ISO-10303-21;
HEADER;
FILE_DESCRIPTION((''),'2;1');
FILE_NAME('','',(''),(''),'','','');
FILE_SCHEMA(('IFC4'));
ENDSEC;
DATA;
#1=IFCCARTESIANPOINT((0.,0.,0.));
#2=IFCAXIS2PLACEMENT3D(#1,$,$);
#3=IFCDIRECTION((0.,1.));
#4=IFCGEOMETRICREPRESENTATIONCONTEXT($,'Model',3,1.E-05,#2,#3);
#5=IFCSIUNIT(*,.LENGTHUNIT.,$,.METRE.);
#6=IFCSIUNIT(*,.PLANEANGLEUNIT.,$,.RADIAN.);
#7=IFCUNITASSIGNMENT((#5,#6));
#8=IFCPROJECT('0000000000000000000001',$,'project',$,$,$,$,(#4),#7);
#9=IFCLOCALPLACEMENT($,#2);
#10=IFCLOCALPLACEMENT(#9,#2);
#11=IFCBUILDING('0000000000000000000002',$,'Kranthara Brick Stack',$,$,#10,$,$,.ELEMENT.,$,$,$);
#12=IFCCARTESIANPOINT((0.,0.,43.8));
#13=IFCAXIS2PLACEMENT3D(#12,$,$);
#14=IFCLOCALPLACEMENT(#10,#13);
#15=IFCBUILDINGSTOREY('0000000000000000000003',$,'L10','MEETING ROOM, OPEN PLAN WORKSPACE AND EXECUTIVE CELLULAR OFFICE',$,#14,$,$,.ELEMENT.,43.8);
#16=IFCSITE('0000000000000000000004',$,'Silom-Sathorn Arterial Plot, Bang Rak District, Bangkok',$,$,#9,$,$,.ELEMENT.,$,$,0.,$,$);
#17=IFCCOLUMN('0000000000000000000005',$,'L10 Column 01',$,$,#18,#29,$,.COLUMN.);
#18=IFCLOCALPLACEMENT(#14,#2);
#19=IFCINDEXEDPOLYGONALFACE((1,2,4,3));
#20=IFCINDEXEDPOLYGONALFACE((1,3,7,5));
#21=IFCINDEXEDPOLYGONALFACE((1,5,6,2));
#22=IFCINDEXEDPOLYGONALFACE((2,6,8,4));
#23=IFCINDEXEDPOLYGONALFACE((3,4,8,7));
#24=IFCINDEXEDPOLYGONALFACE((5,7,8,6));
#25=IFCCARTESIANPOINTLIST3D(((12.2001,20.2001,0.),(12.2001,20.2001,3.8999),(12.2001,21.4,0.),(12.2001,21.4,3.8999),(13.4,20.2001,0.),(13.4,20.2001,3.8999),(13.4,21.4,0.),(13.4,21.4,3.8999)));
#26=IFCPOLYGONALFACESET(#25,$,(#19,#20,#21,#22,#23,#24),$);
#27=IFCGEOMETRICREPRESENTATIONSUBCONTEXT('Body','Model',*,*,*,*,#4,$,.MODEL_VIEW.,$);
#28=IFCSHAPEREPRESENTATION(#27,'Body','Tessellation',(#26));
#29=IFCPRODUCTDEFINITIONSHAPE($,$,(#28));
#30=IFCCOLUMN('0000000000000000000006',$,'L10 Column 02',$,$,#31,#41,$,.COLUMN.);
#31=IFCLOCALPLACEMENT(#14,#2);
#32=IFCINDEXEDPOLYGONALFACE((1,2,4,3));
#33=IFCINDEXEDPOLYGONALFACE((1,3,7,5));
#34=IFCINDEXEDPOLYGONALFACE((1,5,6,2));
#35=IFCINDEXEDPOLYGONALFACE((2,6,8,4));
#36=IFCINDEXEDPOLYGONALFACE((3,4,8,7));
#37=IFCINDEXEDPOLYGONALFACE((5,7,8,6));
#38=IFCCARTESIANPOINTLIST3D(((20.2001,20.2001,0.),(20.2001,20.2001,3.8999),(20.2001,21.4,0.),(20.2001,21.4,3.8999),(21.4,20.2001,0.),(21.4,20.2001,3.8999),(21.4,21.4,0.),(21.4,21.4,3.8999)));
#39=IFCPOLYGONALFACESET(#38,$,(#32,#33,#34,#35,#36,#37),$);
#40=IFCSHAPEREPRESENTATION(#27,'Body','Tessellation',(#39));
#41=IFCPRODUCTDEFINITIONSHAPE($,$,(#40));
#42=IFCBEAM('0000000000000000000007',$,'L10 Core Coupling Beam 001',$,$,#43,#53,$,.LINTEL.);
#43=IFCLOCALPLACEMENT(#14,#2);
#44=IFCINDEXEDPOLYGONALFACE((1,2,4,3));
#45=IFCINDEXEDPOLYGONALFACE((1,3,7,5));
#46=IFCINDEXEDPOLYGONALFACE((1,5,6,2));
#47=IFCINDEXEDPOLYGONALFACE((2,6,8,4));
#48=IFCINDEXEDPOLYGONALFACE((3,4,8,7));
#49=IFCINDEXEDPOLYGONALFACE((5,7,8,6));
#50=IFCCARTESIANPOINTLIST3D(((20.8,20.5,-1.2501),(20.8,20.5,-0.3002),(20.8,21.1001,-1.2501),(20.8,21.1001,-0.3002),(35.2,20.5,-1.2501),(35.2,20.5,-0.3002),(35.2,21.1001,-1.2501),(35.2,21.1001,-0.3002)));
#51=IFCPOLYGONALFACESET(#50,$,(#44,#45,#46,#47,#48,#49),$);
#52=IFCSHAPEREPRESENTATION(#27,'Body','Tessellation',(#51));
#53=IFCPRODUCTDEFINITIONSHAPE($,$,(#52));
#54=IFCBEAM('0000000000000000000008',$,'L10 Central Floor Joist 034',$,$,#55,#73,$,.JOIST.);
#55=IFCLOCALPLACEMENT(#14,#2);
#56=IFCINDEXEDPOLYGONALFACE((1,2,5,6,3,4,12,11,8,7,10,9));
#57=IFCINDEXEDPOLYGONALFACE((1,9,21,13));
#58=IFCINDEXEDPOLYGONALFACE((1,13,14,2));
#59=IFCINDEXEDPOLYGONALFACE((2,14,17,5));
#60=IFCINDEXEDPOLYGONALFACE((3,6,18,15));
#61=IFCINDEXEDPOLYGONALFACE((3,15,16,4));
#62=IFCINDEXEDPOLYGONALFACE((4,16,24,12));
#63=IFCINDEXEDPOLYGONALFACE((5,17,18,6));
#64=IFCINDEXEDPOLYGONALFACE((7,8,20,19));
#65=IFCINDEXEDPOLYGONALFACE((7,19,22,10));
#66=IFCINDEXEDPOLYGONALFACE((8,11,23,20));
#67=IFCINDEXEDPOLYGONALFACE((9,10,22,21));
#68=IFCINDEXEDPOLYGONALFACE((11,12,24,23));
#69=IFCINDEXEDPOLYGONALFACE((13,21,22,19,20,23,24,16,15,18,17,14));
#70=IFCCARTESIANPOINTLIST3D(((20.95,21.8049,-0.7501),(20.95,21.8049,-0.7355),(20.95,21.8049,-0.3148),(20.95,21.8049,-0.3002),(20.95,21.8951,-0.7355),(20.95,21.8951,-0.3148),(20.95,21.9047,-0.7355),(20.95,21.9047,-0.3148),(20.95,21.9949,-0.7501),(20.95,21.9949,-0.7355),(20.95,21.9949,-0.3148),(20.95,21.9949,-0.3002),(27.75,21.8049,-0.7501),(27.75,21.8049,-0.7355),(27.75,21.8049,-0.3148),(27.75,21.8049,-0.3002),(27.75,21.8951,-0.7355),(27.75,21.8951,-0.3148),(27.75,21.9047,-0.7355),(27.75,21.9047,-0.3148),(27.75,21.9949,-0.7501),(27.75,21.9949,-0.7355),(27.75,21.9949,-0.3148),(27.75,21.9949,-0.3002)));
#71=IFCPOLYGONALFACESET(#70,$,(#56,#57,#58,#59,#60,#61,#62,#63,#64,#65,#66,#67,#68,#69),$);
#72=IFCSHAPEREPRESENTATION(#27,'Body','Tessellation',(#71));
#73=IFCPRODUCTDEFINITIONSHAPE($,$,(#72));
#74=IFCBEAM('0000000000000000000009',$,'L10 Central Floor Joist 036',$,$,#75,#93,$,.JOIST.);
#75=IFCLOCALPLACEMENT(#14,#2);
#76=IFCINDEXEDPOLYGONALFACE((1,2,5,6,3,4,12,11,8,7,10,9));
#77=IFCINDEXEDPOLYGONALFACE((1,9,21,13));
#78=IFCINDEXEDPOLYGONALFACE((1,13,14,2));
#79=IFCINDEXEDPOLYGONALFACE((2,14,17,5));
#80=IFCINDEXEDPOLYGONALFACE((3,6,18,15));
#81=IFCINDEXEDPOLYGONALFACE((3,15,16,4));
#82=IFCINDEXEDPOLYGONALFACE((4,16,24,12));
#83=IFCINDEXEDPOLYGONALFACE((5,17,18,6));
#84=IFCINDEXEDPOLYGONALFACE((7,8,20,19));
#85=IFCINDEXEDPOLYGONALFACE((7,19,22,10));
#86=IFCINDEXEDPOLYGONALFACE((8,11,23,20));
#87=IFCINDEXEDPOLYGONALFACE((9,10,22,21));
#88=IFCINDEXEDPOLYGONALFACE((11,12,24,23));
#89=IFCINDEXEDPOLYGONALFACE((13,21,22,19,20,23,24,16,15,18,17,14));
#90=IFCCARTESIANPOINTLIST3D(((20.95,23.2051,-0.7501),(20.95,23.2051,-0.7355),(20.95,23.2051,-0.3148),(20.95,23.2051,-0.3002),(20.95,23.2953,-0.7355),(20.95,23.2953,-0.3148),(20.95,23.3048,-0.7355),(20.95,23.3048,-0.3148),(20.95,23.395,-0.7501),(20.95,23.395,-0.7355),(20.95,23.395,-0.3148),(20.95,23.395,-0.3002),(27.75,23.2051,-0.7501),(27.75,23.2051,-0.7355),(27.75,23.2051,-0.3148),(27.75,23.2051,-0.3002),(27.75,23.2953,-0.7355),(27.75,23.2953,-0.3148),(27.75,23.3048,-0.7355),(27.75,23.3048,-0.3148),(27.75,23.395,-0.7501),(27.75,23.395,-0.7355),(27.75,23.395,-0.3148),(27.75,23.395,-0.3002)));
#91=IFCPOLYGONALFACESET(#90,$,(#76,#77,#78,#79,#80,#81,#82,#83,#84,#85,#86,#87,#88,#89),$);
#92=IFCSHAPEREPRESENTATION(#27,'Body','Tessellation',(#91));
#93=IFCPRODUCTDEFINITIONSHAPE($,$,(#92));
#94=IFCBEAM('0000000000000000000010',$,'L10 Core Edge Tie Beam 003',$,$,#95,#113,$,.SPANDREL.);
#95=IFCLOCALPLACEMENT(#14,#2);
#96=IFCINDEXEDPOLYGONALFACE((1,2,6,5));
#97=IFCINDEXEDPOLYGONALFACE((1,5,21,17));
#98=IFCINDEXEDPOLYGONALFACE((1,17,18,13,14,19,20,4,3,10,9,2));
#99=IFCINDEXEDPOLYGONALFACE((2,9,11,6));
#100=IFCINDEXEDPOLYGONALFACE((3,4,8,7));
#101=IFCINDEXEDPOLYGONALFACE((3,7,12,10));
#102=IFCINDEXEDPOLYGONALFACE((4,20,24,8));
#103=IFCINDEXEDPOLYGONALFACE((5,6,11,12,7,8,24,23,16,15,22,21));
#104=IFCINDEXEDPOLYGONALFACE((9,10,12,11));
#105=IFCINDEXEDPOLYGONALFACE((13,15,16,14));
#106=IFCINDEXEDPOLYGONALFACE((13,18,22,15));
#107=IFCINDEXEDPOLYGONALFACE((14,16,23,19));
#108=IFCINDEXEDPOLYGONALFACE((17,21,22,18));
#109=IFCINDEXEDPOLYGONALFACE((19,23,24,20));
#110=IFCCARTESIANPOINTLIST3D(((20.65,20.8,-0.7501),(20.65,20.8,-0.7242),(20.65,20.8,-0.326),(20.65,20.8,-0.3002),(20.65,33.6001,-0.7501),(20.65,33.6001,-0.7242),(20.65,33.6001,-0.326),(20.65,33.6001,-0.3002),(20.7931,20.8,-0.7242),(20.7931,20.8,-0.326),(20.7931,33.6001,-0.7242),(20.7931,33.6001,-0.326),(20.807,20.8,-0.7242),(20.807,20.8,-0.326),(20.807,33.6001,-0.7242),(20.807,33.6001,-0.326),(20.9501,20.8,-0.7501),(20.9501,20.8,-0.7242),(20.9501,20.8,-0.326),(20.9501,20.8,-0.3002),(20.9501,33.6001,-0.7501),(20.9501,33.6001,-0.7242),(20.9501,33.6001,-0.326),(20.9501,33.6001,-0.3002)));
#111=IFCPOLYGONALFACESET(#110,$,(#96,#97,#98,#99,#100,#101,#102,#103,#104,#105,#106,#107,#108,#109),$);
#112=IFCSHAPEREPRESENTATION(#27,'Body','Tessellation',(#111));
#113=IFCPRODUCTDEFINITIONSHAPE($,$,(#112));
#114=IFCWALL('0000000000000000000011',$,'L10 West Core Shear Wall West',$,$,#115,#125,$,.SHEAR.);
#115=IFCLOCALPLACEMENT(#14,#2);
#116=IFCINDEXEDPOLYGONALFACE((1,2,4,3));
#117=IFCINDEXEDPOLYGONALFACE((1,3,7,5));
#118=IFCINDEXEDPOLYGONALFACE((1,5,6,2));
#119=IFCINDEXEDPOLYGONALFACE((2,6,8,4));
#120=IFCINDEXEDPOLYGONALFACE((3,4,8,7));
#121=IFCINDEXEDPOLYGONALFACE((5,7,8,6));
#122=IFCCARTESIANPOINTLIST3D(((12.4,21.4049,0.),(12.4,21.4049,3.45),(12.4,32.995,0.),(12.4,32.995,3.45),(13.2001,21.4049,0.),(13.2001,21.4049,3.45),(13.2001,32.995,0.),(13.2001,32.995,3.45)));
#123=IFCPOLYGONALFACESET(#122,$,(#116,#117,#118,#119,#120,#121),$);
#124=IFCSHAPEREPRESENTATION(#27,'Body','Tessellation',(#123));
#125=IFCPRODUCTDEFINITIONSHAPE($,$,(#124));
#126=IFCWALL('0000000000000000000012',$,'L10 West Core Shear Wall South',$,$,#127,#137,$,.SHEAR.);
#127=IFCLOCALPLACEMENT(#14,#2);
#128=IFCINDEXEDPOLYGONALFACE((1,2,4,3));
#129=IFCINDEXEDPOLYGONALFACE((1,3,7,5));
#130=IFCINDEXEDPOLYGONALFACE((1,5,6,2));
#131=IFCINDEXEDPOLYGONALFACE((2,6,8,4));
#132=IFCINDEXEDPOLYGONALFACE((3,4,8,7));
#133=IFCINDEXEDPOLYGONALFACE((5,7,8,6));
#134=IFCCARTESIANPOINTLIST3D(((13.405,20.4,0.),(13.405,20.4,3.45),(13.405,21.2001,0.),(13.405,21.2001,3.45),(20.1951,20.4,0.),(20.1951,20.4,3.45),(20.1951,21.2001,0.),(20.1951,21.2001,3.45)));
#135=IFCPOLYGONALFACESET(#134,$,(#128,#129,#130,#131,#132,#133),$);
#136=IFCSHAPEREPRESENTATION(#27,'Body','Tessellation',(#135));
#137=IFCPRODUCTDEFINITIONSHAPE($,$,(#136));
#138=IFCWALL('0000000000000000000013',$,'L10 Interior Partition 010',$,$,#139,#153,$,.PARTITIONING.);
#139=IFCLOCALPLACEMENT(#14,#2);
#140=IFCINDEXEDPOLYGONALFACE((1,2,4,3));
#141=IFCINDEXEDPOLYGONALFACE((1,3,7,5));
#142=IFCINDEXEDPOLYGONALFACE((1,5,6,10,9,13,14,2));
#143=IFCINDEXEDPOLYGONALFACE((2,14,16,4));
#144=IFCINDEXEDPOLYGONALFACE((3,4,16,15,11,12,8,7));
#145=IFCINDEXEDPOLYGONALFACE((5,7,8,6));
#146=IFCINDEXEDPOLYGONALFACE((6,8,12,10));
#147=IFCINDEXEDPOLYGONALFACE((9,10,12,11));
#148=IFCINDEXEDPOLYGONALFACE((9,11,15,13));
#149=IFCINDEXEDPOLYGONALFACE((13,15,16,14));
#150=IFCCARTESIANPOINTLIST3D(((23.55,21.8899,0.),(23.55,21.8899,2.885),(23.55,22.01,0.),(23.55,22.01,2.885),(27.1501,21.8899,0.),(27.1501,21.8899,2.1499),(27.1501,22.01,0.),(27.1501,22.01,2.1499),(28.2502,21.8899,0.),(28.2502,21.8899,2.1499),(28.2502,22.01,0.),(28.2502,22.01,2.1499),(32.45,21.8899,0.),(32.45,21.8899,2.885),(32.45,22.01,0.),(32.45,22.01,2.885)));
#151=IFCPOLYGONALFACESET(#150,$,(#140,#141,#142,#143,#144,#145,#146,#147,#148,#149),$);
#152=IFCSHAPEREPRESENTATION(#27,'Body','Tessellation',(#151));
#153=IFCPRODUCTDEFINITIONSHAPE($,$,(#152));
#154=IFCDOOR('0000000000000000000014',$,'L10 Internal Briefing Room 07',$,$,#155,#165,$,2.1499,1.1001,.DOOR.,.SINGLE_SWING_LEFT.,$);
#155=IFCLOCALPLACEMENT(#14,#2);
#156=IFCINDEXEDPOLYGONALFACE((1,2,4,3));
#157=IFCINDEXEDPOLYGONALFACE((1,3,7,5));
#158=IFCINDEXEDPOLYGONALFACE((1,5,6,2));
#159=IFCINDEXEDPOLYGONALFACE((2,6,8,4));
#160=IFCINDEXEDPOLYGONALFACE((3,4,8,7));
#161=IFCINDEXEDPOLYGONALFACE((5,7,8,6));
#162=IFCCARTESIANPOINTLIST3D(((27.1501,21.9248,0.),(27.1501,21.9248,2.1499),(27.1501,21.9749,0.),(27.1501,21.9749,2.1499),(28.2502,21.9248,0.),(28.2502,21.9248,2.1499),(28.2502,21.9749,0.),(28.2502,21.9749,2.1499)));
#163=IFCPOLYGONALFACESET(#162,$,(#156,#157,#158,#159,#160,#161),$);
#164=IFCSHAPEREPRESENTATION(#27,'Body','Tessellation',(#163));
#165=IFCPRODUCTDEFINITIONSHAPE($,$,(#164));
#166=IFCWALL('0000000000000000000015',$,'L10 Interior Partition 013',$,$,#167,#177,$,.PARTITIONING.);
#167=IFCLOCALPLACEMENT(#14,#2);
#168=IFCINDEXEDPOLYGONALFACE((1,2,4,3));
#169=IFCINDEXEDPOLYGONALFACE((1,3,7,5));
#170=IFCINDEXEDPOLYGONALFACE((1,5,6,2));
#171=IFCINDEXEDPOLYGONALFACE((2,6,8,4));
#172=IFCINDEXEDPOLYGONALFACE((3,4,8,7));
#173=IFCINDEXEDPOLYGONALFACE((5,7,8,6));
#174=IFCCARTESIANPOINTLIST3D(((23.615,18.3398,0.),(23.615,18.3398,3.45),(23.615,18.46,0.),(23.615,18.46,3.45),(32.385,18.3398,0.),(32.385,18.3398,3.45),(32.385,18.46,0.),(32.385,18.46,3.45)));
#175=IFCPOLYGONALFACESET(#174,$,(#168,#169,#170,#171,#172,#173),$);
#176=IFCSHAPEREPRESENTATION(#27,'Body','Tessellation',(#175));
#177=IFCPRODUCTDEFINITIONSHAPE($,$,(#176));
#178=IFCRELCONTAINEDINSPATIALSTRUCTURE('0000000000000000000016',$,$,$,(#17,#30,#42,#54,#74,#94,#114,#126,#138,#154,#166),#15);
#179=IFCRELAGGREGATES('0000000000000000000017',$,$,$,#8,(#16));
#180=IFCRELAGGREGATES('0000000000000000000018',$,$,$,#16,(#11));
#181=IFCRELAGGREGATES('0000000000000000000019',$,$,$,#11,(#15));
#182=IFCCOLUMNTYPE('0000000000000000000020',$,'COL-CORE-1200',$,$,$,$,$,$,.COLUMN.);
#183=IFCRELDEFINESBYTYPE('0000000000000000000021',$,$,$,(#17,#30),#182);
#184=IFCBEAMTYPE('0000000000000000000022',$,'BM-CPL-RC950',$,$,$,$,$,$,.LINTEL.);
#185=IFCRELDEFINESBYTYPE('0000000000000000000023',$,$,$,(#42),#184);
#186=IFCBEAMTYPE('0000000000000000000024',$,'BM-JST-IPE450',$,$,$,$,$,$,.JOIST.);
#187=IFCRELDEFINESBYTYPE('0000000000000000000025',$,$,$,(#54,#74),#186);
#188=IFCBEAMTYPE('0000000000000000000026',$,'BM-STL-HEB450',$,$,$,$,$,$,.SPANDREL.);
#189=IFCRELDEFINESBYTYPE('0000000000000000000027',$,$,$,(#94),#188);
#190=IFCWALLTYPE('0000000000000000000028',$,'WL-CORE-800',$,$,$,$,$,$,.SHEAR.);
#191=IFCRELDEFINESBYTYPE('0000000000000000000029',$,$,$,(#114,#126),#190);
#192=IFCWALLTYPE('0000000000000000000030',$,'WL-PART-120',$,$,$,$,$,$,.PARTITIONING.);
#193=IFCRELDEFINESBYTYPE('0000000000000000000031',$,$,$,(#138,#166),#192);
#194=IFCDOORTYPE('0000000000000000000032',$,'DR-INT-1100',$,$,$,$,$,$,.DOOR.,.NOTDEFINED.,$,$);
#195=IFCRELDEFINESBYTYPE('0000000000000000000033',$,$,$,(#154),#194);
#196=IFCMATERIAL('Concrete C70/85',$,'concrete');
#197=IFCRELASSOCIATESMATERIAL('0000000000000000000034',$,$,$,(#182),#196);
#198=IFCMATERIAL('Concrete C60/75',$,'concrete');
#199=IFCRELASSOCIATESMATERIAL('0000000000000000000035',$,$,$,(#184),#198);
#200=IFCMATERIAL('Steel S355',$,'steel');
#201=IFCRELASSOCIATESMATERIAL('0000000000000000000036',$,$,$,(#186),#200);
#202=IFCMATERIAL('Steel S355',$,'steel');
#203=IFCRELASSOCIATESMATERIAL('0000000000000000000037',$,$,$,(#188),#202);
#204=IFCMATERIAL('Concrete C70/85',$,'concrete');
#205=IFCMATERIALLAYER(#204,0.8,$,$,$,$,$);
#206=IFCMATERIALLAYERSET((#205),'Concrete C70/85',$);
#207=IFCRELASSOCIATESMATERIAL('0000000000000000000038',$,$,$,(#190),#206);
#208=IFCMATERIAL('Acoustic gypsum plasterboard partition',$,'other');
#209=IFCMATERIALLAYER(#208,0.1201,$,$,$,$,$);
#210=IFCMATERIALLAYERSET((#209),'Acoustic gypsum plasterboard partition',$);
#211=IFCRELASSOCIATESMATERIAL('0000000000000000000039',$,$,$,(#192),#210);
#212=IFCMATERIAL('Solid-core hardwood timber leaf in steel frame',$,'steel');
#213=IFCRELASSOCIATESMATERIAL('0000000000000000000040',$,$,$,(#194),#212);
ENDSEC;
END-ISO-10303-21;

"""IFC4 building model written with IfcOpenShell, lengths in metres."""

from ifc_helpers import new_model, si_unit, direction, frame, frame_2d, origin, origin_2d, place, context, subcontext, project, spatial, rectangle, i_section, extrude, material, layer, layer_set, material_profile, profile_set, type_object, element, fill, save


model = new_model("IFC4")

# Units and contexts
model_context = context("Model", 3, precision=1e-05, world=origin(), true_north=direction((0.0, 1.0)))
body_context = subcontext(model_context, "Body", "Model", "MODEL_VIEW")
ifc_project = project(units=[si_unit("LENGTHUNIT", "METRE"), si_unit("PLANEANGLEUNIT", "RADIAN")], contexts=[model_context])

# Site, building, storey
site_placement = place(None, origin())
site = spatial("IfcSite", under=ifc_project, at=site_placement, Name="Silom-Sathorn Arterial Plot, Bang Rak District, Bangkok", CompositionType="ELEMENT", RefElevation=0.0)
building_placement = place(site_placement, origin())
building = spatial("IfcBuilding", under=site, at=building_placement, Name="Kranthara Brick Stack", CompositionType="ELEMENT")
storey_placement = place(building_placement, frame((0.0, 0.0, 43.8)))
storey = spatial("IfcBuildingStorey", under=building, at=storey_placement, Name="L10", Description="MEETING ROOM, OPEN PLAN WORKSPACE AND EXECUTIVE CELLULAR OFFICE", CompositionType="ELEMENT", Elevation=43.8)

# Columns
ifc_material_1 = material(Name="Concrete C70/85", Category="concrete")
ifc_material_profile_1 = material_profile(ifc_material_1, rectangle(XDim=1.2, YDim=1.2, at=origin_2d()), Name="RC 1200x1200")
ifc_profile_set_1 = profile_set([ifc_material_profile_1], Name="Concrete C70/85")
column_type = type_object("IfcColumnType", Name="COL-CORE-1200", PredefinedType="COLUMN", material=ifc_profile_set_1)
for number, where, z_axis, x_axis, name in (
    (1, (12.8, 20.8, 0.0), (0.0, 0.0, 1.0), (1.0, 0.0, 0.0), "L10 Column 01"),
    (2, (20.8, 20.8, 0.0), (0.0, 0.0, 1.0), (1.0, 0.0, 0.0), "L10 Column 02"),
):
    element("IfcColumn", number, at=place(storey_placement, frame(where, z_axis=z_axis, x_axis=x_axis)), inside=storey, type_object=column_type, Name=name, PredefinedType="COLUMN", context=body_context, shape_type="SweptSolid", body=[
        extrude(rectangle(XDim=1.2, YDim=1.2, at=origin_2d()), origin(), (0.0, 0.0, 1.0), 3.8999),
    ])

# Beams
ifc_material_2 = material(Name="Concrete C60/75", Category="concrete")
ifc_material_profile_2 = material_profile(ifc_material_2, rectangle(XDim=0.6001, YDim=0.95, at=origin_2d()), Name="RC 600x950")
ifc_profile_set_2 = profile_set([ifc_material_profile_2], Name="Concrete C60/75")
beam_type_1 = type_object("IfcBeamType", Name="BM-CPL-RC950", PredefinedType="LINTEL", material=ifc_profile_set_2)
beam_1_placement = place(storey_placement, frame((20.8, 20.8, -0.7751), z_axis=(1.0, 0.0, 0.0), x_axis=(0.0, 1.0, 0.0)))
element("IfcBeam", 3, at=beam_1_placement, inside=storey, type_object=beam_type_1, Name="L10 Core Coupling Beam 001", PredefinedType="LINTEL", context=body_context, shape_type="SweptSolid", body=[
    extrude(rectangle(XDim=0.6001, YDim=0.95, at=origin_2d()), origin(), (0.0, 0.0, 1.0), 14.3999),
])
ifc_material_3 = material(Name="Steel S355", Category="steel")
ifc_material_profile_3 = material_profile(ifc_material_3, i_section(OverallWidth=0.1899, OverallDepth=0.45, WebThickness=0.0095, FlangeThickness=0.0146, at=origin_2d()), Name="IPE 450")
ifc_profile_set_3 = profile_set([ifc_material_profile_3], Name="Steel S355")
beam_type_2 = type_object("IfcBeamType", Name="BM-JST-IPE450", PredefinedType="JOIST", material=ifc_profile_set_3)
for number, where, z_axis, x_axis, name in (
    (4, (20.95, 21.8999, -0.5251), (1.0, 0.0, 0.0), (0.0, 1.0, 0.0), "L10 Central Floor Joist 034"),
    (5, (20.95, 23.3, -0.5251), (1.0, 0.0, 0.0), (0.0, 1.0, 0.0), "L10 Central Floor Joist 036"),
):
    element("IfcBeam", number, at=place(storey_placement, frame(where, z_axis=z_axis, x_axis=x_axis)), inside=storey, type_object=beam_type_2, Name=name, PredefinedType="JOIST", context=body_context, shape_type="SweptSolid", body=[
        extrude(i_section(OverallWidth=0.1899, OverallDepth=0.45, WebThickness=0.0095, FlangeThickness=0.0146, at=origin_2d()), origin(), (0.0, 0.0, 1.0), 6.8),
    ])
ifc_material_4 = material(Name="Steel S355", Category="steel")
ifc_material_profile_4 = material_profile(ifc_material_4, i_section(OverallWidth=0.3, OverallDepth=0.45, WebThickness=0.0139, FlangeThickness=0.0259, at=origin_2d()), Name="HEB 450")
ifc_profile_set_4 = profile_set([ifc_material_profile_4], Name="Steel S355")
beam_type_3 = type_object("IfcBeamType", Name="BM-STL-HEB450", PredefinedType="SPANDREL", material=ifc_profile_set_4)
beam_2_placement = place(storey_placement, frame((20.8, 20.8, -0.5251), z_axis=(0.0, 1.0, 0.0), x_axis=(-1.0, 0.0, 0.0)))
element("IfcBeam", 6, at=beam_2_placement, inside=storey, type_object=beam_type_3, Name="L10 Core Edge Tie Beam 003", PredefinedType="SPANDREL", context=body_context, shape_type="SweptSolid", body=[
    extrude(i_section(OverallWidth=0.3, OverallDepth=0.45, WebThickness=0.0139, FlangeThickness=0.0259, at=origin_2d()), origin(), (0.0, 0.0, 1.0), 12.8),
])

# Walls
ifc_material_5 = material(Name="Concrete C70/85", Category="concrete")
ifc_layer_1 = layer(ifc_material_5, 0.8)
ifc_layer_set_1 = layer_set([ifc_layer_1], Name="Concrete C70/85")
wall_type_1 = type_object("IfcWallType", Name="WL-CORE-800", PredefinedType="SHEAR", material=ifc_layer_set_1)
wall_1_placement = place(storey_placement, frame((12.8, 21.405, 0.0), z_axis=(0.0, 0.0, 1.0), x_axis=(0.0, 1.0, 0.0)))
element("IfcWall", 7, at=wall_1_placement, inside=storey, type_object=wall_type_1, Name="L10 West Core Shear Wall West", PredefinedType="SHEAR", context=body_context, shape_type="SweptSolid", body=[
    extrude(rectangle(XDim=11.5901, YDim=0.8, at=frame_2d((5.7949, 0.0))), origin(), (0.0, 0.0, 1.0), 3.45),
])
wall_2_placement = place(storey_placement, frame((13.405, 20.8, 0.0), z_axis=(0.0, 0.0, 1.0), x_axis=(1.0, 0.0, 0.0)))
element("IfcWall", 8, at=wall_2_placement, inside=storey, type_object=wall_type_1, Name="L10 West Core Shear Wall South", PredefinedType="SHEAR", context=body_context, shape_type="SweptSolid", body=[
    extrude(rectangle(XDim=6.79, YDim=0.8, at=frame_2d((3.395, 0.0))), origin(), (0.0, 0.0, 1.0), 3.45),
])

# Wall, opening, door
ifc_material_6 = material(Name="Acoustic gypsum plasterboard partition", Category="other")
ifc_layer_2 = layer(ifc_material_6, 0.1201)
ifc_layer_set_2 = layer_set([ifc_layer_2], Name="Acoustic gypsum plasterboard partition")
wall_type_2 = type_object("IfcWallType", Name="WL-PART-120", PredefinedType="PARTITIONING", material=ifc_layer_set_2)
wall_3_placement = place(storey_placement, frame((23.55, 21.95, 0.0), z_axis=(0.0, 0.0, 1.0), x_axis=(1.0, 0.0, 0.0)))
wall_3 = element("IfcWall", 9, at=wall_3_placement, inside=storey, type_object=wall_type_2, Name="L10 Interior Partition 010", PredefinedType="PARTITIONING", context=body_context, shape_type="SweptSolid", body=[
    extrude(rectangle(XDim=8.8999, YDim=0.1201, at=frame_2d((4.45, 0.0))), origin(), (0.0, 0.0, 1.0), 2.885),
])
opening_1_placement = place(wall_3_placement, frame((3.6001, 0.0, 0.0)))
opening_1 = element("IfcOpeningElement", 10, at=opening_1_placement, cuts=wall_3, PredefinedType="OPENING", context=body_context, shape_type="SweptSolid", body=[
    extrude(rectangle(XDim=1.1001, YDim=2.1499, at=frame_2d((0.55, 1.075))), frame((0.0, 0.0701, 0.0), z_axis=(0.0, -1.0, 0.0), x_axis=(1.0, 0.0, 0.0)), (0.0, 0.0, 1.0), 0.1401),
])
ifc_material_7 = material(Name="Solid-core hardwood timber leaf in steel frame", Category="steel")
door_type_1 = type_object("IfcDoorType", Name="DR-INT-1100", OperationType="NOTDEFINED", PredefinedType="DOOR", material=ifc_material_7)
door_1_placement = place(opening_1_placement, origin())
door_1 = element("IfcDoor", 11, at=door_1_placement, inside=storey, type_object=door_type_1, Name="L10 Internal Briefing Room 07", OperationType="SINGLE_SWING_LEFT", OverallHeight=2.1499, OverallWidth=1.1001, PredefinedType="DOOR", context=body_context, shape_type="SweptSolid", body=[
    extrude(rectangle(XDim=1.1001, YDim=2.1499, at=frame_2d((0.55, 1.075))), frame((0.0, 0.0249, 0.0), z_axis=(0.0, -1.0, 0.0), x_axis=(1.0, 0.0, 0.0)), (0.0, 0.0, 1.0), 0.05),
])
fill(opening_1, door_1)

# Wall
wall_4_placement = place(storey_placement, frame((23.615, 18.3999, 0.0), z_axis=(0.0, 0.0, 1.0), x_axis=(1.0, 0.0, 0.0)))
element("IfcWall", 12, at=wall_4_placement, inside=storey, type_object=wall_type_2, Name="L10 Interior Partition 013", PredefinedType="PARTITIONING", context=body_context, shape_type="SweptSolid", body=[
    extrude(rectangle(XDim=8.77, YDim=0.1201, at=frame_2d((4.385, 0.0))), origin(), (0.0, 0.0, 1.0), 3.45),
])

save(model, "model.ifc")
